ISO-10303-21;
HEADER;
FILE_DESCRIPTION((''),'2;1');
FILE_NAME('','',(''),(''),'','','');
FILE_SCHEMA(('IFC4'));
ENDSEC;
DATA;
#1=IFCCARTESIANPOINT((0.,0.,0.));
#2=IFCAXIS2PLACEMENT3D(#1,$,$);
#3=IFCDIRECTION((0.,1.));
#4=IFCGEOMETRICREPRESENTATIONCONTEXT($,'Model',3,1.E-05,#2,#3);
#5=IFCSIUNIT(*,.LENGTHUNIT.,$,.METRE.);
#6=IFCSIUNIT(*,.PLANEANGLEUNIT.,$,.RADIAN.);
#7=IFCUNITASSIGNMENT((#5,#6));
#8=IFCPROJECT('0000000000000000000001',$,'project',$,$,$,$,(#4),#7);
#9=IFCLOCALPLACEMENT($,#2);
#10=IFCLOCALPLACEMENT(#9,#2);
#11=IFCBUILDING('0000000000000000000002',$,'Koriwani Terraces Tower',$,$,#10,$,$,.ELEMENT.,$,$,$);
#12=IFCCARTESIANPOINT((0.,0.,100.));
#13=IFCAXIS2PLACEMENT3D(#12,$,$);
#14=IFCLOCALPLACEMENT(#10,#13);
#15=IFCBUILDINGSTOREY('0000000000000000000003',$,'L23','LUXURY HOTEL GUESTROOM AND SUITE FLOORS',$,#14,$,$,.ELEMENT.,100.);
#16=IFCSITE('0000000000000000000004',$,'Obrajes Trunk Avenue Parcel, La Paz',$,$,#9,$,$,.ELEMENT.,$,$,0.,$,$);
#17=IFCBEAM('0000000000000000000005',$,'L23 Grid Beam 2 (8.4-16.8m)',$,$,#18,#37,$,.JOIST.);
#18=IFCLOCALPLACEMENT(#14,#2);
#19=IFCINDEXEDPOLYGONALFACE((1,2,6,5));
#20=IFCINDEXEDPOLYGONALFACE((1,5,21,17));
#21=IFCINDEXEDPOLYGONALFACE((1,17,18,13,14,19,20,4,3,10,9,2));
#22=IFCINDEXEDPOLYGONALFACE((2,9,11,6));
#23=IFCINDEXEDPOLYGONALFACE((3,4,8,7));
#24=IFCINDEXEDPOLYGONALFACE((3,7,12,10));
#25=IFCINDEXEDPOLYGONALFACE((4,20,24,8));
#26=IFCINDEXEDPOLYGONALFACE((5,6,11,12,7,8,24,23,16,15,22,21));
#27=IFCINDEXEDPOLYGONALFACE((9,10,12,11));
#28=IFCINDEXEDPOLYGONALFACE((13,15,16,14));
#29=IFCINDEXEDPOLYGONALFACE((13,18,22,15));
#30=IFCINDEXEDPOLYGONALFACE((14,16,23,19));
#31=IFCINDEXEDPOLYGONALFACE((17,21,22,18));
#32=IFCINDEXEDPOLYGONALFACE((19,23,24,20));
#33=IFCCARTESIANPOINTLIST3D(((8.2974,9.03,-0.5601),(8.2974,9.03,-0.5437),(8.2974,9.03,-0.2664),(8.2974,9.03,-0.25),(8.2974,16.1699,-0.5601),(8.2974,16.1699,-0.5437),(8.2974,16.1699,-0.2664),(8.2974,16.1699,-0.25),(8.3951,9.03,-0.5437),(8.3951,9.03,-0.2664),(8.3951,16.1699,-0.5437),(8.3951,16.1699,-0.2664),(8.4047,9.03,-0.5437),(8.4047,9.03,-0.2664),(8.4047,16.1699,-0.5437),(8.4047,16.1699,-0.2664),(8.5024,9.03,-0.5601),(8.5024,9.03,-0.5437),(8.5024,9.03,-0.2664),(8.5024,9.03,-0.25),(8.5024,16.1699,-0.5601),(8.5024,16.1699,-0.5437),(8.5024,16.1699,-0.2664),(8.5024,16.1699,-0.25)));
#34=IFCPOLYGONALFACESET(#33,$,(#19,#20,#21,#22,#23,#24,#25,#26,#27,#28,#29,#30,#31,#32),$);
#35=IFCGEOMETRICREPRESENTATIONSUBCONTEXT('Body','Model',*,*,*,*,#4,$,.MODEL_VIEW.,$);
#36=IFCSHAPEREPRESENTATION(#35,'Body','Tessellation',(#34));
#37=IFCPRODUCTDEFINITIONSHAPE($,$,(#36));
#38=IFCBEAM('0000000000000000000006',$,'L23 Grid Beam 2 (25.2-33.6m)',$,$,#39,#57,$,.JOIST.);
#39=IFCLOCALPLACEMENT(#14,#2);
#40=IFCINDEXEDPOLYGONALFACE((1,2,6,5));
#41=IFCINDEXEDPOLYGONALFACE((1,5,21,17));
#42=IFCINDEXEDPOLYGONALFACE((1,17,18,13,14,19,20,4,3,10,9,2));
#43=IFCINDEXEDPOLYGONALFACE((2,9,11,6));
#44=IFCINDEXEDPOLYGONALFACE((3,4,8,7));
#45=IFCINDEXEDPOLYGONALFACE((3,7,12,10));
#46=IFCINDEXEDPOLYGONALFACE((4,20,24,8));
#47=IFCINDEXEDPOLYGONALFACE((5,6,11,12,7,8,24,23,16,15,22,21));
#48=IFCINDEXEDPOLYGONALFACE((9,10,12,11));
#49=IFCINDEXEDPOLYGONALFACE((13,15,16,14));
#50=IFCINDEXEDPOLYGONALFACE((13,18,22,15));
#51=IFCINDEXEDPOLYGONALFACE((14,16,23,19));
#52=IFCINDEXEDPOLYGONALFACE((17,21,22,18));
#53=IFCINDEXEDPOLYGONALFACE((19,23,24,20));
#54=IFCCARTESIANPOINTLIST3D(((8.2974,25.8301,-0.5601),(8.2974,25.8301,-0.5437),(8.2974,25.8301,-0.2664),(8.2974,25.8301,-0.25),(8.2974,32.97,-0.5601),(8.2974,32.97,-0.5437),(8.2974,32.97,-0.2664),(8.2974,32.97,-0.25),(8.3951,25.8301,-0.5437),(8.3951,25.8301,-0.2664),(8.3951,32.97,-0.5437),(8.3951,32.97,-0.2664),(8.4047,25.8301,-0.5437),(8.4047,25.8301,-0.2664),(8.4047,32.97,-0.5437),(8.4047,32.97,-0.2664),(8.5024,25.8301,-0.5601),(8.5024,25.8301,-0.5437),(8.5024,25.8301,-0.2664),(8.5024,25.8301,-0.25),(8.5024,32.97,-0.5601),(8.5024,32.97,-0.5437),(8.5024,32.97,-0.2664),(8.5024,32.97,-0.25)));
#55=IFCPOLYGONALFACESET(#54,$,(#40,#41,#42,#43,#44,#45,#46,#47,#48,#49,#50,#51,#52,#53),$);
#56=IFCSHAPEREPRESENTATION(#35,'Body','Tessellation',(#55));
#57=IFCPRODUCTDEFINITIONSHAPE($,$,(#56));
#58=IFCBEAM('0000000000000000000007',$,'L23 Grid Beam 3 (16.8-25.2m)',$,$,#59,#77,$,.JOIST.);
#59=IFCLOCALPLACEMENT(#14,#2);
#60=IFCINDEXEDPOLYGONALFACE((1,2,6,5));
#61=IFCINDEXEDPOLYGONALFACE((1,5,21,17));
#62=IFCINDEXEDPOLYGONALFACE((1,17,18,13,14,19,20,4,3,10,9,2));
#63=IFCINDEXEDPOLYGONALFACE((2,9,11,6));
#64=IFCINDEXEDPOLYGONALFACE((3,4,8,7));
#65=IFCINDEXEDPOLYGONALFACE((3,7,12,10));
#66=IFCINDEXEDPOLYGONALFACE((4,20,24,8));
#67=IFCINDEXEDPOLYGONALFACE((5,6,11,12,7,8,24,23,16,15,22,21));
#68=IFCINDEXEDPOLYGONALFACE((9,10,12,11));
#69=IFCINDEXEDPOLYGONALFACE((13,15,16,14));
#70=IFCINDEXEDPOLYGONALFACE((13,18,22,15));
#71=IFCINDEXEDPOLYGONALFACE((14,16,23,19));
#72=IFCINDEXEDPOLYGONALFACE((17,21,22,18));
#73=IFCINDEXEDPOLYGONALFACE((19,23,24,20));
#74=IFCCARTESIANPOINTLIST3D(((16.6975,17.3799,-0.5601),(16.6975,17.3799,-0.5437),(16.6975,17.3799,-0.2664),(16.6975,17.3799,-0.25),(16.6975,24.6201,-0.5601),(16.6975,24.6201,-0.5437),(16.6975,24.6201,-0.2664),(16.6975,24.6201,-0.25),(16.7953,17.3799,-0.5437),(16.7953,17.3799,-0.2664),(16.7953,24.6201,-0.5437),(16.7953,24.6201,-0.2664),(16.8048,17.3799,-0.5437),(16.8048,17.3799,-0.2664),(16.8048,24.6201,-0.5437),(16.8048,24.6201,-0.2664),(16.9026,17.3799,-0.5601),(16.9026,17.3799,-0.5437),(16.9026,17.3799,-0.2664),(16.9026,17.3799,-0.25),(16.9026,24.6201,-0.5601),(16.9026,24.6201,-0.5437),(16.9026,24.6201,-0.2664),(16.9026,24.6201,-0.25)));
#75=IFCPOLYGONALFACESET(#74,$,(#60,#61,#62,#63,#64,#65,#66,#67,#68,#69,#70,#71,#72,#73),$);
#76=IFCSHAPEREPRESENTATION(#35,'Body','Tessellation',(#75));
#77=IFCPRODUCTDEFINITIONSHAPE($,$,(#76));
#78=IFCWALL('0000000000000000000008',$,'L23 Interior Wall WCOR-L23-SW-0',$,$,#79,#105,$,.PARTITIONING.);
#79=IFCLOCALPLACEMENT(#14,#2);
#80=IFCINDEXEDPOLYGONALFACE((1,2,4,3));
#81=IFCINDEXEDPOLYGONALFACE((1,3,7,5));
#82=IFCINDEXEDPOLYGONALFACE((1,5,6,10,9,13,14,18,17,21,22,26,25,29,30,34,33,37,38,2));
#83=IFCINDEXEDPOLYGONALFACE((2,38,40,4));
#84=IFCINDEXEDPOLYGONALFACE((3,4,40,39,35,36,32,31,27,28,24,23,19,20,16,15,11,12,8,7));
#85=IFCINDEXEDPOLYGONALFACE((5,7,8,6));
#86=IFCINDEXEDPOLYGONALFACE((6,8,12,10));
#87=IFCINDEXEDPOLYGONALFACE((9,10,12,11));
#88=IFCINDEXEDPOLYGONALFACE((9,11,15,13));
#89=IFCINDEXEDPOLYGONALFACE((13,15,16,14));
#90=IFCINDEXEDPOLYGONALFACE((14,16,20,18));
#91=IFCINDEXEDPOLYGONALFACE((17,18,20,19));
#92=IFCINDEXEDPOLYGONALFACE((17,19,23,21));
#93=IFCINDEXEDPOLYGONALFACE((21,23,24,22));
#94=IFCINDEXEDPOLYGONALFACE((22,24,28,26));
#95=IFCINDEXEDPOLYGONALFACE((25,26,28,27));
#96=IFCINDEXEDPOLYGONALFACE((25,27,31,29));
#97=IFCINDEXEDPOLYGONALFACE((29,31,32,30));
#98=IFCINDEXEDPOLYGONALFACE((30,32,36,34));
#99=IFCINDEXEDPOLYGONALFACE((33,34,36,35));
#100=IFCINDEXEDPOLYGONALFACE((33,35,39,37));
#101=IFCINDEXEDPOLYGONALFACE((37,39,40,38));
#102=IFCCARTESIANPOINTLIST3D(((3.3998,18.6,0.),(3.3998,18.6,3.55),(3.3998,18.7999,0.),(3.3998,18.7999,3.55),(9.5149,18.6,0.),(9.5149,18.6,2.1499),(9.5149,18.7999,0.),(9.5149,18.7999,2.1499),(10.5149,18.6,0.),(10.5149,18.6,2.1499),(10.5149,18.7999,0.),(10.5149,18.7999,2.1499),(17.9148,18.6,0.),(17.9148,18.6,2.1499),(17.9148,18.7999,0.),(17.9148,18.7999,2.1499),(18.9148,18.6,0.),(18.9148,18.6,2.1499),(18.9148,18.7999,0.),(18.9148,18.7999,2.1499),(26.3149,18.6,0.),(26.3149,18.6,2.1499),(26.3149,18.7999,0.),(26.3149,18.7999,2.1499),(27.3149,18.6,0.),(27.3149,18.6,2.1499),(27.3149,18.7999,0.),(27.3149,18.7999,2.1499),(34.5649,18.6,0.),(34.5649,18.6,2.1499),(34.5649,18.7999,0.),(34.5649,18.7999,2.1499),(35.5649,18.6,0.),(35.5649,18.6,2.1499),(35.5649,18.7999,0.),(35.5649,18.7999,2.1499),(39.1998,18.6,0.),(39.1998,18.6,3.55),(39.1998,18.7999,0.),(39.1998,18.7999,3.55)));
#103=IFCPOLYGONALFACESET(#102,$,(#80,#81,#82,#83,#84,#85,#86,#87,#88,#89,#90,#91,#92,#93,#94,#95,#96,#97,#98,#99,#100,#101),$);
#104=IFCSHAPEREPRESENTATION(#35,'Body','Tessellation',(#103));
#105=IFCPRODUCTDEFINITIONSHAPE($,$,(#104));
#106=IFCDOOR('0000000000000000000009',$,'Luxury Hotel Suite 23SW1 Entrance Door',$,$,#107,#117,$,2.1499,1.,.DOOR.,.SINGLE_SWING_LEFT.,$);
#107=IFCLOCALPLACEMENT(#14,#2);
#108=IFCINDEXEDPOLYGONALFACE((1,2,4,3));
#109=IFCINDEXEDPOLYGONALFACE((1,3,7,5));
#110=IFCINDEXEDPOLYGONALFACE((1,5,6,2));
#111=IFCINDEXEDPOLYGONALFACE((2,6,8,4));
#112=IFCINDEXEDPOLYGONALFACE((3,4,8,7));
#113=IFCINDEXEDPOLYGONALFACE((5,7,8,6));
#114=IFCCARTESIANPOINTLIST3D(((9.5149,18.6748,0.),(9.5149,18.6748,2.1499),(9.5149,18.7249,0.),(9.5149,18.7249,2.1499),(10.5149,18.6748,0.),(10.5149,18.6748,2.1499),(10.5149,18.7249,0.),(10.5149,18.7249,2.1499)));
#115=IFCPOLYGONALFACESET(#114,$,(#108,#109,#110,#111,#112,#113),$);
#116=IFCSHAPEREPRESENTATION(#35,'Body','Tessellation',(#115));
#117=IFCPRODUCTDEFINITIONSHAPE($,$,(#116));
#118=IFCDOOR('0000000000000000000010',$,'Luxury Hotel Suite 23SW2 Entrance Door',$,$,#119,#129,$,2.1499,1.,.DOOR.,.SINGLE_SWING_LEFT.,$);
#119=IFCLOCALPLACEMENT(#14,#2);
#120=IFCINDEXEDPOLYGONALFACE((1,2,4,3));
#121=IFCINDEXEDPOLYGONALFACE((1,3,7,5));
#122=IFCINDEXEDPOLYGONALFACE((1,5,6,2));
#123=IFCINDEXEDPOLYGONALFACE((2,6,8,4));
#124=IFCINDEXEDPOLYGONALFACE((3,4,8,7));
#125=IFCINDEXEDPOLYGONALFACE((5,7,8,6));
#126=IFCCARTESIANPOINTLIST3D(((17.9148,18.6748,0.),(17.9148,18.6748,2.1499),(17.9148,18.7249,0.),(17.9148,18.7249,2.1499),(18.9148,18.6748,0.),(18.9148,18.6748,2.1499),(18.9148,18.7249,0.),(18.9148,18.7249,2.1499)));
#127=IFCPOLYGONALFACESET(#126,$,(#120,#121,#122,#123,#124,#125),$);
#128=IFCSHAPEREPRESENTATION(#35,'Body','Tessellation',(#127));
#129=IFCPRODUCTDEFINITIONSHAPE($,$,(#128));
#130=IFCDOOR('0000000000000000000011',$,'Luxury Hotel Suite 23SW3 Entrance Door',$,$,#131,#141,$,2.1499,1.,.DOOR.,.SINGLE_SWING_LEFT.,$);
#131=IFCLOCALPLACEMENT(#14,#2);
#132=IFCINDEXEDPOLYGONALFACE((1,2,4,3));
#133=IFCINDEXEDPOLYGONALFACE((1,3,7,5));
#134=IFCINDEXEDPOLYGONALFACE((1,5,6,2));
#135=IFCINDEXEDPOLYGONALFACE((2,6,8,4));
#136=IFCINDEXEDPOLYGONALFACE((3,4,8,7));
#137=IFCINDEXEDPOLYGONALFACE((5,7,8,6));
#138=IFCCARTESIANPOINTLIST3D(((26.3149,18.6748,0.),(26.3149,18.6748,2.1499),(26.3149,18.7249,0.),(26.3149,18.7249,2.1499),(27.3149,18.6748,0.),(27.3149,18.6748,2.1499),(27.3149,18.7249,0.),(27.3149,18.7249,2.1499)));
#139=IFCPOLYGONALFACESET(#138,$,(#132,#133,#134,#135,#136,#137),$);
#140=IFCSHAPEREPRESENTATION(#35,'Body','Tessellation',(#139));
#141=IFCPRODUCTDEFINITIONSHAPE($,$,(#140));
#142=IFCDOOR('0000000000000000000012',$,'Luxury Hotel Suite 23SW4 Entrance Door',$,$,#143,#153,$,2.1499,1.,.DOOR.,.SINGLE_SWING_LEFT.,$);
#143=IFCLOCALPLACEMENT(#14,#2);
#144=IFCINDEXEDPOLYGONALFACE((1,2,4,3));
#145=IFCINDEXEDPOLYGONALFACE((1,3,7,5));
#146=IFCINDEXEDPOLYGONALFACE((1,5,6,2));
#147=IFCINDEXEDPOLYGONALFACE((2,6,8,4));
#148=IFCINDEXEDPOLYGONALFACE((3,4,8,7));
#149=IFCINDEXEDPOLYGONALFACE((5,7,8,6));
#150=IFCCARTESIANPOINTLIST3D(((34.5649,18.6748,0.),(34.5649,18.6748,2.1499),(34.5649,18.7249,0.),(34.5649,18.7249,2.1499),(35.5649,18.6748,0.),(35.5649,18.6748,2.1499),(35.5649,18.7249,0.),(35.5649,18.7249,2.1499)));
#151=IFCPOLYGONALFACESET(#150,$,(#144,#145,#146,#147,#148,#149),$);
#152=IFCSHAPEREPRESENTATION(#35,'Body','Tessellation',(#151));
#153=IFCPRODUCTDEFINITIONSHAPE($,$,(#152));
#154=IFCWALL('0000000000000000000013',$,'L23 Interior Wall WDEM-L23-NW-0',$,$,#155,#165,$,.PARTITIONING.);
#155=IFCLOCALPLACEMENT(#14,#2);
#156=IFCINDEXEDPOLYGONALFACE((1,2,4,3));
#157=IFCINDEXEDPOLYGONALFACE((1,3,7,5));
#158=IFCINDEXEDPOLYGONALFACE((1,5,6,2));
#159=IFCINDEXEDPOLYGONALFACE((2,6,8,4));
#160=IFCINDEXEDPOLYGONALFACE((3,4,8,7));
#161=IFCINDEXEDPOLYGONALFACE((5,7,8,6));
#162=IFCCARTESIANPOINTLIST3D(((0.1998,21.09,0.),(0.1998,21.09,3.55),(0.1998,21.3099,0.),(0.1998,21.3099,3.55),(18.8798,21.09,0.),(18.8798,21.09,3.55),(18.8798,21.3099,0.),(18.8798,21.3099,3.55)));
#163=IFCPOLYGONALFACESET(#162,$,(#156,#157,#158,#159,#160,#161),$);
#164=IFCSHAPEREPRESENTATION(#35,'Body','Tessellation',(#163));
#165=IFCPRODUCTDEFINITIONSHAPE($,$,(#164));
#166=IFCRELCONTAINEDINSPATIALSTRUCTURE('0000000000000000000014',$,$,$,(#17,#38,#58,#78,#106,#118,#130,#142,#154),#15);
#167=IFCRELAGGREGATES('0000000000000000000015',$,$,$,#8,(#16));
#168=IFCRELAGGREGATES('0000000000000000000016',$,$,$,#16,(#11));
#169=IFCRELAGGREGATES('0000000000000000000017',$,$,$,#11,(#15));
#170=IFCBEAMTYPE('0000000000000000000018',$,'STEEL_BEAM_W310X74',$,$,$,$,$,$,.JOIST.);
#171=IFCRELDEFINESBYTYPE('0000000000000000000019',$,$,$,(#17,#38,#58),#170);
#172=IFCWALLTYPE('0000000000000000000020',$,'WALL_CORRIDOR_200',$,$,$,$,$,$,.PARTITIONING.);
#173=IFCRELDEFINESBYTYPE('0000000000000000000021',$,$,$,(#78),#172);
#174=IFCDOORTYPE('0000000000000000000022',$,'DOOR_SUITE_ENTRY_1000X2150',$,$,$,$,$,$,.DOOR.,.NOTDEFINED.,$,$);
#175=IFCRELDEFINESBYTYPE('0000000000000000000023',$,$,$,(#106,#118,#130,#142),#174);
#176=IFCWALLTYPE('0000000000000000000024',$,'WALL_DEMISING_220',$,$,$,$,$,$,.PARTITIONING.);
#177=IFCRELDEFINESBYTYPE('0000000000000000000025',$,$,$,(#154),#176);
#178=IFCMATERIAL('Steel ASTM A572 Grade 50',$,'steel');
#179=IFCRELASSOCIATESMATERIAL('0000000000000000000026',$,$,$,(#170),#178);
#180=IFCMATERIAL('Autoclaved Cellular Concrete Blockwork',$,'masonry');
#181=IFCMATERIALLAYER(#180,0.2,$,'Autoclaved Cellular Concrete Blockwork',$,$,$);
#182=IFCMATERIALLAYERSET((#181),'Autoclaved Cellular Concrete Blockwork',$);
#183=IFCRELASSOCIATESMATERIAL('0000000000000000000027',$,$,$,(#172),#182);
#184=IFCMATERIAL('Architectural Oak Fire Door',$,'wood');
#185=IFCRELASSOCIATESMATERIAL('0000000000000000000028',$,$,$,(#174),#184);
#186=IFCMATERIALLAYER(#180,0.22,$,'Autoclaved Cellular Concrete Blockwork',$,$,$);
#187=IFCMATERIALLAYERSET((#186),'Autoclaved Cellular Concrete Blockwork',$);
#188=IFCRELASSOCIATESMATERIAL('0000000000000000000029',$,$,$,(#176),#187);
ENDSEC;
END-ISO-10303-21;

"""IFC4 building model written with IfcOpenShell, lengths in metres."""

from ifc_helpers import new_model, si_unit, direction, frame, frame_2d, origin, origin_2d, place, context, subcontext, project, spatial, rectangle, i_section, extrude, material, layer, layer_set, material_profile, profile_set, type_object, element, fill, save


model = new_model("IFC4")

# Units and contexts
model_context = context("Model", 3, precision=1e-05, world=origin(), true_north=direction((0.0, 1.0)))
body_context = subcontext(model_context, "Body", "Model", "MODEL_VIEW")
ifc_project = project(units=[si_unit("LENGTHUNIT", "METRE"), si_unit("PLANEANGLEUNIT", "RADIAN")], contexts=[model_context])

# Site, building, storey
site_placement = place(None, origin())
site = spatial("IfcSite", under=ifc_project, at=site_placement, Name="Obrajes Trunk Avenue Parcel, La Paz", CompositionType="ELEMENT", RefElevation=0.0)
building_placement = place(site_placement, origin())
building = spatial("IfcBuilding", under=site, at=building_placement, Name="Koriwani Terraces Tower", CompositionType="ELEMENT")
storey_placement = place(building_placement, frame((0.0, 0.0, 100.0)))
storey = spatial("IfcBuildingStorey", under=building, at=storey_placement, Name="L23", Description="LUXURY HOTEL GUESTROOM AND SUITE FLOORS", CompositionType="ELEMENT", Elevation=100.0)

# Beams
ifc_material_1 = material(Name="Steel ASTM A572 Grade 50", Category="steel")
ifc_material_profile_1 = material_profile(ifc_material_1, i_section(OverallWidth=0.2051, OverallDepth=0.3101, WebThickness=0.0095, FlangeThickness=0.0164, at=origin_2d()), Name="Steel ASTM A572 Grade 50", Category="LoadBearing")
ifc_profile_set_1 = profile_set([ifc_material_profile_1], Name="Steel ASTM A572 Grade 50")
beam_type_1 = type_object("IfcBeamType", Name="STEEL_BEAM_W310X74", PredefinedType="JOIST", material=ifc_profile_set_1)
for number, where, z_axis, x_axis, name in (
    (1, (8.3999, 9.03, -0.405), (0.0, 1.0, 0.0), (-1.0, 0.0, 0.0), "L23 Grid Beam 2 (8.4-16.8m)"),
    (2, (8.3999, 25.8301, -0.405), (0.0, 1.0, 0.0), (-1.0, 0.0, 0.0), "L23 Grid Beam 2 (25.2-33.6m)"),
):
    element("IfcBeam", number, at=place(storey_placement, frame(where, z_axis=z_axis, x_axis=x_axis)), inside=storey, type_object=beam_type_1, Name=name, PredefinedType="JOIST", context=body_context, shape_type="SweptSolid", body=[
        extrude(i_section(OverallWidth=0.2051, OverallDepth=0.3101, WebThickness=0.0095, FlangeThickness=0.0164, at=origin_2d()), origin(), (0.0, 0.0, 1.0), 7.1399),
    ])
beam_1_placement = place(storey_placement, frame((16.8, 17.3799, -0.405), z_axis=(0.0, 1.0, 0.0), x_axis=(-1.0, 0.0, 0.0)))
element("IfcBeam", 3, at=beam_1_placement, inside=storey, type_object=beam_type_1, Name="L23 Grid Beam 3 (16.8-25.2m)", PredefinedType="JOIST", context=body_context, shape_type="SweptSolid", body=[
    extrude(i_section(OverallWidth=0.2051, OverallDepth=0.3101, WebThickness=0.0095, FlangeThickness=0.0164, at=origin_2d()), origin(), (0.0, 0.0, 1.0), 7.2402),
])

# Wall, openings, doors
ifc_material_2 = material(Name="Autoclaved Cellular Concrete Blockwork", Category="masonry")
ifc_layer_1 = layer(ifc_material_2, 0.2, Name="Autoclaved Cellular Concrete Blockwork")
ifc_layer_set_1 = layer_set([ifc_layer_1], Name="Autoclaved Cellular Concrete Blockwork")
wall_type_1 = type_object("IfcWallType", Name="WALL_CORRIDOR_200", PredefinedType="PARTITIONING", material=ifc_layer_set_1)
wall_1_placement = place(storey_placement, frame((3.3999, 18.7, 0.0), z_axis=(0.0, 0.0, 1.0), x_axis=(1.0, 0.0, 0.0)))
wall_1 = element("IfcWall", 4, at=wall_1_placement, inside=storey, type_object=wall_type_1, Name="L23 Interior Wall WCOR-L23-SW-0", PredefinedType="PARTITIONING", context=body_context, shape_type="SweptSolid", body=[
    extrude(rectangle(XDim=35.8, YDim=0.2, at=frame_2d((17.8999, 0.0))), origin(), (0.0, 0.0, 1.0), 3.55),
])
opening_1_placement = place(wall_1_placement, frame((6.115, 0.0, 0.0)))
opening_1 = element("IfcOpeningElement", 5, at=opening_1_placement, cuts=wall_1, PredefinedType="OPENING", context=body_context, shape_type="SweptSolid", body=[
    extrude(rectangle(XDim=1.0, YDim=2.1499, at=frame_2d((0.5, 1.075))), frame((0.0, 0.1099, 0.0), z_axis=(0.0, -1.0, 0.0), x_axis=(1.0, 0.0, 0.0)), (0.0, 0.0, 1.0), 0.22),
])
opening_2_placement = place(wall_1_placement, frame((14.5149, 0.0, 0.0)))
opening_2 = element("IfcOpeningElement", 6, at=opening_2_placement, cuts=wall_1, PredefinedType="OPENING", context=body_context, shape_type="SweptSolid", body=[
    extrude(rectangle(XDim=1.0, YDim=2.1499, at=frame_2d((0.5, 1.075))), frame((0.0, 0.1099, 0.0), z_axis=(0.0, -1.0, 0.0), x_axis=(1.0, 0.0, 0.0)), (0.0, 0.0, 1.0), 0.22),
])
opening_3_placement = place(wall_1_placement, frame((22.915, 0.0, 0.0)))
opening_3 = element("IfcOpeningElement", 7, at=opening_3_placement, cuts=wall_1, PredefinedType="OPENING", context=body_context, shape_type="SweptSolid", body=[
    extrude(rectangle(XDim=1.0, YDim=2.1499, at=frame_2d((0.5, 1.075))), frame((0.0, 0.1099, 0.0), z_axis=(0.0, -1.0, 0.0), x_axis=(1.0, 0.0, 0.0)), (0.0, 0.0, 1.0), 0.22),
])
opening_4_placement = place(wall_1_placement, frame((31.165, 0.0, 0.0)))
opening_4 = element("IfcOpeningElement", 8, at=opening_4_placement, cuts=wall_1, PredefinedType="OPENING", context=body_context, shape_type="SweptSolid", body=[
    extrude(rectangle(XDim=1.0, YDim=2.1499, at=frame_2d((0.5, 1.075))), frame((0.0, 0.1099, 0.0), z_axis=(0.0, -1.0, 0.0), x_axis=(1.0, 0.0, 0.0)), (0.0, 0.0, 1.0), 0.22),
])
ifc_material_3 = material(Name="Architectural Oak Fire Door", Category="wood")
door_type_1 = type_object("IfcDoorType", Name="DOOR_SUITE_ENTRY_1000X2150", OperationType="NOTDEFINED", PredefinedType="DOOR", material=ifc_material_3)
door_1_placement = place(opening_1_placement, origin())
door_1 = element("IfcDoor", 9, at=door_1_placement, inside=storey, type_object=door_type_1, Name="Luxury Hotel Suite 23SW1 Entrance Door", OperationType="SINGLE_SWING_LEFT", OverallHeight=2.1499, OverallWidth=1.0, PredefinedType="DOOR", context=body_context, shape_type="SweptSolid", body=[
    extrude(rectangle(XDim=1.0, YDim=2.1499, at=frame_2d((0.5, 1.075))), frame((0.0, 0.0249, 0.0), z_axis=(0.0, -1.0, 0.0), x_axis=(1.0, 0.0, 0.0)), (0.0, 0.0, 1.0), 0.05),
])
fill(opening_1, door_1)
door_2_placement = place(opening_2_placement, origin())
door_2 = element("IfcDoor", 10, at=door_2_placement, inside=storey, type_object=door_type_1, Name="Luxury Hotel Suite 23SW2 Entrance Door", OperationType="SINGLE_SWING_LEFT", OverallHeight=2.1499, OverallWidth=1.0, PredefinedType="DOOR", context=body_context, shape_type="SweptSolid", body=[
    extrude(rectangle(XDim=1.0, YDim=2.1499, at=frame_2d((0.5, 1.075))), frame((0.0, 0.0249, 0.0), z_axis=(0.0, -1.0, 0.0), x_axis=(1.0, 0.0, 0.0)), (0.0, 0.0, 1.0), 0.05),
])
fill(opening_2, door_2)
door_3_placement = place(opening_3_placement, origin())
door_3 = element("IfcDoor", 11, at=door_3_placement, inside=storey, type_object=door_type_1, Name="Luxury Hotel Suite 23SW3 Entrance Door", OperationType="SINGLE_SWING_LEFT", OverallHeight=2.1499, OverallWidth=1.0, PredefinedType="DOOR", context=body_context, shape_type="SweptSolid", body=[
    extrude(rectangle(XDim=1.0, YDim=2.1499, at=frame_2d((0.5, 1.075))), frame((0.0, 0.0249, 0.0), z_axis=(0.0, -1.0, 0.0), x_axis=(1.0, 0.0, 0.0)), (0.0, 0.0, 1.0), 0.05),
])
fill(opening_3, door_3)
door_4_placement = place(opening_4_placement, origin())
door_4 = element("IfcDoor", 12, at=door_4_placement, inside=storey, type_object=door_type_1, Name="Luxury Hotel Suite 23SW4 Entrance Door", OperationType="SINGLE_SWING_LEFT", OverallHeight=2.1499, OverallWidth=1.0, PredefinedType="DOOR", context=body_context, shape_type="SweptSolid", body=[
    extrude(rectangle(XDim=1.0, YDim=2.1499, at=frame_2d((0.5, 1.075))), frame((0.0, 0.0249, 0.0), z_axis=(0.0, -1.0, 0.0), x_axis=(1.0, 0.0, 0.0)), (0.0, 0.0, 1.0), 0.05),
])
fill(opening_4, door_4)

# Wall
ifc_layer_2 = layer(ifc_material_2, 0.22, Name="Autoclaved Cellular Concrete Blockwork")
ifc_layer_set_2 = layer_set([ifc_layer_2], Name="Autoclaved Cellular Concrete Blockwork")
wall_type_2 = type_object("IfcWallType", Name="WALL_DEMISING_220", PredefinedType="PARTITIONING", material=ifc_layer_set_2)
wall_2_placement = place(storey_placement, frame((0.2, 21.2, 0.0), z_axis=(0.0, 0.0, 1.0), x_axis=(1.0, 0.0, 0.0)))
element("IfcWall", 13, at=wall_2_placement, inside=storey, type_object=wall_type_2, Name="L23 Interior Wall WDEM-L23-NW-0", PredefinedType="PARTITIONING", context=body_context, shape_type="SweptSolid", body=[
    extrude(rectangle(XDim=18.6799, YDim=0.22, at=frame_2d((9.3398, 0.0))), origin(), (0.0, 0.0, 1.0), 3.55),
])

save(model, "model.ifc")
